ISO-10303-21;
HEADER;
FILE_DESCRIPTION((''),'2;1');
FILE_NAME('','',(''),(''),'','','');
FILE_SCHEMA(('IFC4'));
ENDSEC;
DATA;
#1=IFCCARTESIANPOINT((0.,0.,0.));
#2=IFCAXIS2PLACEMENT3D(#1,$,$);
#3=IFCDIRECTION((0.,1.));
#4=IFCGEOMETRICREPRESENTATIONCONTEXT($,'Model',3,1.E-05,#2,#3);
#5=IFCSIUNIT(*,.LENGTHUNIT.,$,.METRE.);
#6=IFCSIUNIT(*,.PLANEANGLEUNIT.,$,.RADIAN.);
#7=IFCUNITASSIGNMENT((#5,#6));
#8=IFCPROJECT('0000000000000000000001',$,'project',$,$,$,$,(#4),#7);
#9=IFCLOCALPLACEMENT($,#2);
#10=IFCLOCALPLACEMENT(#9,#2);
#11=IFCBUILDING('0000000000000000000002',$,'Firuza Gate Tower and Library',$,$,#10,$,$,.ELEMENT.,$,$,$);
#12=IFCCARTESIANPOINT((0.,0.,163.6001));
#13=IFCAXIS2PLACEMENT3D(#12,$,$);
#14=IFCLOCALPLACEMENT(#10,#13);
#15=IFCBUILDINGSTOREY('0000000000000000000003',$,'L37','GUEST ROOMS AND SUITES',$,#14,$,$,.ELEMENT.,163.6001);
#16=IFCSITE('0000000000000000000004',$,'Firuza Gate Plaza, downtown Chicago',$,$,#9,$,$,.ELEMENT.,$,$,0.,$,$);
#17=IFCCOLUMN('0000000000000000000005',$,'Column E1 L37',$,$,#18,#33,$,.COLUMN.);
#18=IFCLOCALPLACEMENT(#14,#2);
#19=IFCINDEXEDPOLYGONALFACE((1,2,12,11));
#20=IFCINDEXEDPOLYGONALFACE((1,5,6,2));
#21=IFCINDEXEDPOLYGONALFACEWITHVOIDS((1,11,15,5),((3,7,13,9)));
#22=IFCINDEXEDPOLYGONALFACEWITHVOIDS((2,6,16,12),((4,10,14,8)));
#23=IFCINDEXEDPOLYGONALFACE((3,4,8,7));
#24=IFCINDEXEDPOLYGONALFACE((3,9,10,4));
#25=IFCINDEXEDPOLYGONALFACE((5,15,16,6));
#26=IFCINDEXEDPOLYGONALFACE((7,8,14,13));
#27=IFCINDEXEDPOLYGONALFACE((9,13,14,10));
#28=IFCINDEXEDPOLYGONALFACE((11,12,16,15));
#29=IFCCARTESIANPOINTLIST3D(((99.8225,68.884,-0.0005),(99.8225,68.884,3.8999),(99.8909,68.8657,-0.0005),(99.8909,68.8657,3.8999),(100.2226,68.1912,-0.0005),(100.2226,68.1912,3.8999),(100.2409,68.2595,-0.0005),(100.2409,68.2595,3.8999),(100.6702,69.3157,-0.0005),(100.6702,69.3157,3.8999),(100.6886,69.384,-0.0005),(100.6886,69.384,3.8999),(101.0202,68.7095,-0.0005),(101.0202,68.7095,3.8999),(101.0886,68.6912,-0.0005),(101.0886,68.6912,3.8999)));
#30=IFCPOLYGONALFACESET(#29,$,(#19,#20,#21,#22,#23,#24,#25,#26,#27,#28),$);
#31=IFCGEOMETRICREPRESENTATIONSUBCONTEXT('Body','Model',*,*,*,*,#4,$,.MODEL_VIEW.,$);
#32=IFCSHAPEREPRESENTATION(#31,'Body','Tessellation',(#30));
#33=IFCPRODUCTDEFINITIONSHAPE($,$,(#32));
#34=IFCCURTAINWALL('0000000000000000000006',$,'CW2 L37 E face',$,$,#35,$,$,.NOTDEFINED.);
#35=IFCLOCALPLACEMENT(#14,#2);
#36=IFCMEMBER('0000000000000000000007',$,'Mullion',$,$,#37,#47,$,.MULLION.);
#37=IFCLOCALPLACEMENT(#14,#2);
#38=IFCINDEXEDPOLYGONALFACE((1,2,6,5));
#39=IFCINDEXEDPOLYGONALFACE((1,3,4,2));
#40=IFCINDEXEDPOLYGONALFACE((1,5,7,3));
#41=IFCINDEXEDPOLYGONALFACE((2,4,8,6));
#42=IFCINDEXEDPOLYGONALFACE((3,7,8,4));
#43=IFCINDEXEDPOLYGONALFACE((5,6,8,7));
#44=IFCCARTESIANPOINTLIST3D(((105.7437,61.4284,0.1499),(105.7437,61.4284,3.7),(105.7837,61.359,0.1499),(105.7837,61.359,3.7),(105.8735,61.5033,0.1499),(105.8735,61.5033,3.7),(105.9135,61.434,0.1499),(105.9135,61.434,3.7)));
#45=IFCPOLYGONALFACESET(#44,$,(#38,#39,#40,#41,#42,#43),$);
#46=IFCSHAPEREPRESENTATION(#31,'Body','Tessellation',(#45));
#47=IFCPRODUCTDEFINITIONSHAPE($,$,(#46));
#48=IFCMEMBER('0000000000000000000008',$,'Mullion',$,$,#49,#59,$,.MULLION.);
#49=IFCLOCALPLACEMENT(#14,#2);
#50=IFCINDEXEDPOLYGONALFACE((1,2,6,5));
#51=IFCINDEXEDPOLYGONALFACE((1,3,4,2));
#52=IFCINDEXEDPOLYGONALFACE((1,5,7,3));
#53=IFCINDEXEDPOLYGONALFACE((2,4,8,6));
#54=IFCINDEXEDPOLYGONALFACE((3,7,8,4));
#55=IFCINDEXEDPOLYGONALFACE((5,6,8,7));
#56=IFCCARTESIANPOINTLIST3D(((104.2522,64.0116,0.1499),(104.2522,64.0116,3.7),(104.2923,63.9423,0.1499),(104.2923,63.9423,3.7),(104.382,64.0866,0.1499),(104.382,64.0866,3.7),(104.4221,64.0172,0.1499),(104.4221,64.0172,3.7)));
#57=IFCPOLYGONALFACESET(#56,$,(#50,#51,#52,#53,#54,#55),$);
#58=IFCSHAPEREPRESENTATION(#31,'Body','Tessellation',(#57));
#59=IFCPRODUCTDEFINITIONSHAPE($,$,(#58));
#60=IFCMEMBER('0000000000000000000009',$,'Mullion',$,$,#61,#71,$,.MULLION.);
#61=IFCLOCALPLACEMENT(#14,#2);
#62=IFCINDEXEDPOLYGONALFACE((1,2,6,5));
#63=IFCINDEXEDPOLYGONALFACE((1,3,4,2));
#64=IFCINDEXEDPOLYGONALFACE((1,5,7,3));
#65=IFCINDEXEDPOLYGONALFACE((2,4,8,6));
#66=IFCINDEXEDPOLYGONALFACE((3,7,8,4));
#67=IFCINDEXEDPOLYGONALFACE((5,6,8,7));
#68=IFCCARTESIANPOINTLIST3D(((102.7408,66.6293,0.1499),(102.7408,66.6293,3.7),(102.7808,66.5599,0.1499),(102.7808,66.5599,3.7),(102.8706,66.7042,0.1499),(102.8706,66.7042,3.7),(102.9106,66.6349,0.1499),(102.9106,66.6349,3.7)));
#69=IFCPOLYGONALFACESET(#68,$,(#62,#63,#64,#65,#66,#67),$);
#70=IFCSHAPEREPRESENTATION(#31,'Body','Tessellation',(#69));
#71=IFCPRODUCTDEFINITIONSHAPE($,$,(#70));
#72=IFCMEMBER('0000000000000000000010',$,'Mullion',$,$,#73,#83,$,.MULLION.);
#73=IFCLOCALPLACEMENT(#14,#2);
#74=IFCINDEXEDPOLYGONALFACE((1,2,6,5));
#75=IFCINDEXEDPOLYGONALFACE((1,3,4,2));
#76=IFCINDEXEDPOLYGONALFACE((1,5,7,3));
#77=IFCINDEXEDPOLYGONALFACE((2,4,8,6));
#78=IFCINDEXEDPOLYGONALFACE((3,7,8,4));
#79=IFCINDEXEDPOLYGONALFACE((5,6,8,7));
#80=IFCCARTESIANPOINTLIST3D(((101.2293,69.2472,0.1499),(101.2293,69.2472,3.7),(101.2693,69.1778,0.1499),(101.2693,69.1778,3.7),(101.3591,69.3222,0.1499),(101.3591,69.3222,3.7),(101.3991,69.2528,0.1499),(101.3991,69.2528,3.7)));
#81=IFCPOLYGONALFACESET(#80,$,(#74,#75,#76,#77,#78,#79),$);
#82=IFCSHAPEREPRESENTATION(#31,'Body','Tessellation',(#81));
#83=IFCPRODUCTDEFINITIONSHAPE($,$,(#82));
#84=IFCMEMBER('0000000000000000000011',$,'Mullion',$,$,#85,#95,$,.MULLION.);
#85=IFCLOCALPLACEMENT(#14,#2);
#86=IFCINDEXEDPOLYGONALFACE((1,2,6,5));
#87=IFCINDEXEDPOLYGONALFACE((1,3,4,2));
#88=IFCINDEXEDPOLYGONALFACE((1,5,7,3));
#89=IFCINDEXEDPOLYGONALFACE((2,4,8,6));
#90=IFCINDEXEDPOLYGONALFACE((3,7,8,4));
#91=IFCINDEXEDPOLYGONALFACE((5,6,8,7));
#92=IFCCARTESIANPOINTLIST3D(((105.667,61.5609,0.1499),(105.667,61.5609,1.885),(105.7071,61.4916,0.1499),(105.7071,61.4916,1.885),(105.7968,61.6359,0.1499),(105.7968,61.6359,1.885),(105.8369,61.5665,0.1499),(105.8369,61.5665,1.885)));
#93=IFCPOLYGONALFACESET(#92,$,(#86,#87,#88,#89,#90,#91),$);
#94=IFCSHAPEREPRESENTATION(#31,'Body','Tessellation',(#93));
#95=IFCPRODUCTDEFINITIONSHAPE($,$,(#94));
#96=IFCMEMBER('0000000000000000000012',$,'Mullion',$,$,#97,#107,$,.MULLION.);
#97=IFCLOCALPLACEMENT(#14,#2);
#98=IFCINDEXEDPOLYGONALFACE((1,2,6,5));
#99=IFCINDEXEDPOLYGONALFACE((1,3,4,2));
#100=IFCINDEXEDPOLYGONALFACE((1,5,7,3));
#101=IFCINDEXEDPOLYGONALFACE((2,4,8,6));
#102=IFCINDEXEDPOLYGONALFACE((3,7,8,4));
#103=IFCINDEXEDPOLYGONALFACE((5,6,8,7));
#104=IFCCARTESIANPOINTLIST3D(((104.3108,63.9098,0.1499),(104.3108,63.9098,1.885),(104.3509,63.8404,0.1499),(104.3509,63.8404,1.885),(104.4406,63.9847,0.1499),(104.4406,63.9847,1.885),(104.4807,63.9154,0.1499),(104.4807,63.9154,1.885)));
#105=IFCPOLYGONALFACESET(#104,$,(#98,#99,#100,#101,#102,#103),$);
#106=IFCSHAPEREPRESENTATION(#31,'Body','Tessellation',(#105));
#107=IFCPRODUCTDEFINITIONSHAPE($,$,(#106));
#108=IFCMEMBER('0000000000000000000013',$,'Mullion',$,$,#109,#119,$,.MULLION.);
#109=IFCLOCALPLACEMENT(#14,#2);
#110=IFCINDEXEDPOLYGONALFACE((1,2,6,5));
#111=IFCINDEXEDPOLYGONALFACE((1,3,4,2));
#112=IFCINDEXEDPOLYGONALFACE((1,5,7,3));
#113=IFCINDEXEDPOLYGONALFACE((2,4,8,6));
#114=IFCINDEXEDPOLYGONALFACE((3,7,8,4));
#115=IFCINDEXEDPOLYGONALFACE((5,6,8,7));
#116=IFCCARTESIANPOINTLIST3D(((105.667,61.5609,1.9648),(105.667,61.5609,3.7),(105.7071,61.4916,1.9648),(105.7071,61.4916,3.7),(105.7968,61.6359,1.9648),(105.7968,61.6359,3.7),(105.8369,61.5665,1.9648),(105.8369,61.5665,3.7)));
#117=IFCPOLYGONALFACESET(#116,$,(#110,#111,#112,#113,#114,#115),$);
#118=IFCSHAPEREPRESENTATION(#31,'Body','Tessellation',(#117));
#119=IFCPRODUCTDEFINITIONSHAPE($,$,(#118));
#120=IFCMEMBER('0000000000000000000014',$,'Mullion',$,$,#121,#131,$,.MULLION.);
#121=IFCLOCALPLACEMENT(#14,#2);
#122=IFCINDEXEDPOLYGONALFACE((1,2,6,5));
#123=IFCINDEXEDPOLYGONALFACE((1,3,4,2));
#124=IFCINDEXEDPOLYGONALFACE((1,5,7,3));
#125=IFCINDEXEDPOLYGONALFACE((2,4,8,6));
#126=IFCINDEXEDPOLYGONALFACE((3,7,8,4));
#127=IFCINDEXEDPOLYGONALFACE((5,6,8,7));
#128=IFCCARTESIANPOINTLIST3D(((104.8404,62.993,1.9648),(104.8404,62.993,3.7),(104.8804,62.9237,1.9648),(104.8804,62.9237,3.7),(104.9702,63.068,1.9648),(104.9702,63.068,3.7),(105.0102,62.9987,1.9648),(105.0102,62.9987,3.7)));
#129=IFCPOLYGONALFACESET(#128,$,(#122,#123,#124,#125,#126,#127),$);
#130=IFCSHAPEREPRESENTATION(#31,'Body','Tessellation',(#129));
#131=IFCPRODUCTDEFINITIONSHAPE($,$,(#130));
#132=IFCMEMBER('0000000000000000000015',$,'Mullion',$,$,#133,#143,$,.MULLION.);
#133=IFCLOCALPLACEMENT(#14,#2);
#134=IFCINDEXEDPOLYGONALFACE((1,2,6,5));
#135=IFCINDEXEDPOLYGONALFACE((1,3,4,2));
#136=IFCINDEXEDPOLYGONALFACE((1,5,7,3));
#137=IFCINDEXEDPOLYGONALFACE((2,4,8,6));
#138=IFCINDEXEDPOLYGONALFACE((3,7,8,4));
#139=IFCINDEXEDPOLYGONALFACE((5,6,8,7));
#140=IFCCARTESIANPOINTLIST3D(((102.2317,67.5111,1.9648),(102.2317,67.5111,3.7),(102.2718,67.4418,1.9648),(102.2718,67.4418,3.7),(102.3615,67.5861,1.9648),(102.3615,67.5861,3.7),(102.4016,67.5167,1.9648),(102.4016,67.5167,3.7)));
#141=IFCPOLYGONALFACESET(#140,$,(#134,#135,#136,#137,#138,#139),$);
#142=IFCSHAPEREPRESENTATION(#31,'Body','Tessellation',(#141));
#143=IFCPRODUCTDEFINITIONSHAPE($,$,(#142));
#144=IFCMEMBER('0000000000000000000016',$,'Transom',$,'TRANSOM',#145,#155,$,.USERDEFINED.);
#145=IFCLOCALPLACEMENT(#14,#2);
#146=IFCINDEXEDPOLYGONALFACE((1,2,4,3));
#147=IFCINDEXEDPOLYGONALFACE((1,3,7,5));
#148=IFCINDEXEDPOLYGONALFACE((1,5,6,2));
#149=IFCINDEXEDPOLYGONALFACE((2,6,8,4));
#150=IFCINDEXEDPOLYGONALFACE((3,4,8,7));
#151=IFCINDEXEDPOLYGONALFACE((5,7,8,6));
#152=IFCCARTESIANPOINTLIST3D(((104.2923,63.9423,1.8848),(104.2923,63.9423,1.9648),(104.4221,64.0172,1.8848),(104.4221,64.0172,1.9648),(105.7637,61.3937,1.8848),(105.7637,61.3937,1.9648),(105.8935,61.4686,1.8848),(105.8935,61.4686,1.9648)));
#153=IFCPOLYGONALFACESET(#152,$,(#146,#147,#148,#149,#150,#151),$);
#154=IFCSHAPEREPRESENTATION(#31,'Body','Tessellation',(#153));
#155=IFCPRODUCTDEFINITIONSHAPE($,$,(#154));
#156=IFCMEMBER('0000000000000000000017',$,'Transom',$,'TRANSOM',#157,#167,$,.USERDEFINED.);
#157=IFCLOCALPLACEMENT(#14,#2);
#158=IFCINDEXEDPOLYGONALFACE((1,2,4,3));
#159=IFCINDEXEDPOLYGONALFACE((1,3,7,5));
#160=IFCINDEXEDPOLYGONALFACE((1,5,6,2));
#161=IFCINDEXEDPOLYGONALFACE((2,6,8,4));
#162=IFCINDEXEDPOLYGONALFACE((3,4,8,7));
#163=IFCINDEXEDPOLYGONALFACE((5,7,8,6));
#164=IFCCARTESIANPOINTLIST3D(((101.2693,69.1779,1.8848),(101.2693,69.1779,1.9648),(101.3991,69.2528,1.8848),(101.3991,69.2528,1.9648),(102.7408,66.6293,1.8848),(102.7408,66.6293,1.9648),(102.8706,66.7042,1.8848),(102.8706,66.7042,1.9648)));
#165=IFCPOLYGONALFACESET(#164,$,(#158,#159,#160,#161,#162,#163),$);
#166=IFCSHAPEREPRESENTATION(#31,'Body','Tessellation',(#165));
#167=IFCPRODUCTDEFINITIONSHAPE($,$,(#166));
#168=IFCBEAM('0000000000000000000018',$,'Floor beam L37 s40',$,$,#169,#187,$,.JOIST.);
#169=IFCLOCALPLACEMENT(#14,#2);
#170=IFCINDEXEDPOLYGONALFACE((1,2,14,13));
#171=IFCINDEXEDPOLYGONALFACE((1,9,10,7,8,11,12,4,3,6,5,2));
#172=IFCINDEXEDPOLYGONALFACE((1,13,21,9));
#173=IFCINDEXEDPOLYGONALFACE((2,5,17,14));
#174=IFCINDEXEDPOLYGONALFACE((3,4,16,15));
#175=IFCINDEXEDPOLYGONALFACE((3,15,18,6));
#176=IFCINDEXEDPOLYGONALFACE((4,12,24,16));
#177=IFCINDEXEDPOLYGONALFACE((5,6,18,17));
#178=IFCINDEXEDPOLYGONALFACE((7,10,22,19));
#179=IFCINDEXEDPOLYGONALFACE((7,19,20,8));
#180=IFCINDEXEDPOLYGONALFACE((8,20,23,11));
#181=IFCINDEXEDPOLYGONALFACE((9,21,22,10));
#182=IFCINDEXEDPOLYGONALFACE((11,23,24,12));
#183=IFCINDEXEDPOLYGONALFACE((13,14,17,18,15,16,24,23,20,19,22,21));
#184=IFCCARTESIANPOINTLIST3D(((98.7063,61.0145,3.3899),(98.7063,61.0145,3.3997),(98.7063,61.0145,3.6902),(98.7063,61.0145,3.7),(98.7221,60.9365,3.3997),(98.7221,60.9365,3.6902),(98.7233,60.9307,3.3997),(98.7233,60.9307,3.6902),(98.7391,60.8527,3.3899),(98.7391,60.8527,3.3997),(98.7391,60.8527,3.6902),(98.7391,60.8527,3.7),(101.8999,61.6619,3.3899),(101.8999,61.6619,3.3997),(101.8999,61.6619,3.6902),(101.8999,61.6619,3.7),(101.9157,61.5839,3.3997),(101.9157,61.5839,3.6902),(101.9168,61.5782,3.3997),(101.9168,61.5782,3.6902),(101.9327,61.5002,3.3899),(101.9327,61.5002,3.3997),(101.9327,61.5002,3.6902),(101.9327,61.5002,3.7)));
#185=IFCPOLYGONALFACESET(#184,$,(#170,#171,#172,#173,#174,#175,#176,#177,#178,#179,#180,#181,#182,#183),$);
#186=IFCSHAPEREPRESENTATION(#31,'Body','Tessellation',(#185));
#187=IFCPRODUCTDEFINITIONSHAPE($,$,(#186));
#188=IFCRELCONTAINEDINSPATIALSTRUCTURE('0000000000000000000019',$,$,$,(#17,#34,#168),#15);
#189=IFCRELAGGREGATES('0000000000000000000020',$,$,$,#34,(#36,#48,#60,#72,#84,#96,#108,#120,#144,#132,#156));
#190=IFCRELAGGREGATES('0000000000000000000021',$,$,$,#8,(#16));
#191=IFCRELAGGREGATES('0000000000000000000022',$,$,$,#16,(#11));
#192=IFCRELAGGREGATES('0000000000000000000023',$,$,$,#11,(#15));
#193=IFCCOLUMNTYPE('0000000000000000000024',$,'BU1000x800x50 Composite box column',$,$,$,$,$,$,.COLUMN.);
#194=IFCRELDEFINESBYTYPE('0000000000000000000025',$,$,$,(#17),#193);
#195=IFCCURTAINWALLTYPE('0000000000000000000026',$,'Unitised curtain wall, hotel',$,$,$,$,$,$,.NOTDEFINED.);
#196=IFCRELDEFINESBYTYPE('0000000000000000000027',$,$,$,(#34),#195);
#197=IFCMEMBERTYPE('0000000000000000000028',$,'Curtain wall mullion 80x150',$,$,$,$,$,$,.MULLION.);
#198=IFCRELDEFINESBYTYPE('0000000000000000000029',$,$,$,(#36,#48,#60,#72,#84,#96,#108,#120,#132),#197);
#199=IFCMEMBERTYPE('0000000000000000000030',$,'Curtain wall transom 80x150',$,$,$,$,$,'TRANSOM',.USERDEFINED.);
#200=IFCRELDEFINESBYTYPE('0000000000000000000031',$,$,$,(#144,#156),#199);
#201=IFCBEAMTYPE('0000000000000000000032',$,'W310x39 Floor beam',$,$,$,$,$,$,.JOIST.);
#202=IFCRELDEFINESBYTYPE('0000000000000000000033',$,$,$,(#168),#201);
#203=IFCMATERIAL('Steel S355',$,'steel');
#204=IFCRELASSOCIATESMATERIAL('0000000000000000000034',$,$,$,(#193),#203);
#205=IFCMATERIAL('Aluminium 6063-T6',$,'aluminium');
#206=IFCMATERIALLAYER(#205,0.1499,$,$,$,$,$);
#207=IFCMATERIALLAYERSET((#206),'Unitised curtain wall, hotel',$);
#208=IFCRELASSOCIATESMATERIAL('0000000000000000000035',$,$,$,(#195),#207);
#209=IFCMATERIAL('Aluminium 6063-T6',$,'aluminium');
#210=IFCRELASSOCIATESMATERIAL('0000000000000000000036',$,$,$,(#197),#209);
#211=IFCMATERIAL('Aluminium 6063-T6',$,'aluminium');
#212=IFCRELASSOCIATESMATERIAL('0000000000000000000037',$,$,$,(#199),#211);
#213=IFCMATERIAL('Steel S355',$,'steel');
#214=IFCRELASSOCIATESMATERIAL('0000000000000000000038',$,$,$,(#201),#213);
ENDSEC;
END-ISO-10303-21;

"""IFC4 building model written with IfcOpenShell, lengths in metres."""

from ifc_helpers import new_model, si_unit, direction, frame, origin, origin_2d, place, context, subcontext, project, spatial, rectangle, hollow_rectangle, i_section, extrude, material, layer, layer_set, material_profile, profile_set, type_object, element, aggregate, save


model = new_model("IFC4")

# Units and contexts
model_context = context("Model", 3, precision=1e-05, world=origin(), true_north=direction((0.0, 1.0)))
body_context = subcontext(model_context, "Body", "Model", "MODEL_VIEW")
ifc_project = project(units=[si_unit("LENGTHUNIT", "METRE"), si_unit("PLANEANGLEUNIT", "RADIAN")], contexts=[model_context])

# Site, building, storey
site_placement = place(None, origin())
site = spatial("IfcSite", under=ifc_project, at=site_placement, Name="Firuza Gate Plaza, downtown Chicago", CompositionType="ELEMENT", RefElevation=0.0)
building_placement = place(site_placement, origin())
building = spatial("IfcBuilding", under=site, at=building_placement, Name="Firuza Gate Tower and Library", CompositionType="ELEMENT")
storey_placement = place(building_placement, frame((0.0, 0.0, 163.6001)))
storey = spatial("IfcBuildingStorey", under=building, at=storey_placement, Name="L37", Description="GUEST ROOMS AND SUITES", CompositionType="ELEMENT", Elevation=163.6001)

# Column
ifc_material_1 = material(Name="Steel S355", Category="steel")
ifc_material_profile_1 = material_profile(ifc_material_1, hollow_rectangle(XDim=0.8, YDim=1.0, WallThickness=0.05, at=origin_2d()))
ifc_profile_set_1 = profile_set([ifc_material_profile_1], Name="Steel S355")
column_type = type_object("IfcColumnType", Name="BU1000x800x50 Composite box column", PredefinedType="COLUMN", material=ifc_profile_set_1)
column_placement = place(storey_placement, frame((100.4556, 68.7876, -0.0005), z_axis=(0.0, 0.0, 1.0), x_axis=(-0.5, 0.866025, 0.0)))
element("IfcColumn", 1, at=column_placement, inside=storey, type_object=column_type, Name="Column E1 L37", PredefinedType="COLUMN", context=body_context, shape_type="SweptSolid", body=[
    extrude(hollow_rectangle(XDim=0.8, YDim=1.0, WallThickness=0.05, at=origin_2d()), origin(), (0.0, 0.0, 1.0), 3.9004),
])

# Curtain wall, members
ifc_material_2 = material(Name="Aluminium 6063-T6", Category="aluminium")
ifc_layer_1 = layer(ifc_material_2, 0.1499)
ifc_layer_set_1 = layer_set([ifc_layer_1], Name="Unitised curtain wall, hotel")
curtain_wall_type = type_object("IfcCurtainWallType", Name="Unitised curtain wall, hotel", PredefinedType="NOTDEFINED", material=ifc_layer_set_1)
curtain_wall_placement = place(storey_placement, origin())
curtain_wall = element("IfcCurtainWall", 2, at=curtain_wall_placement, inside=storey, type_object=curtain_wall_type, Name="CW2 L37 E face", PredefinedType="NOTDEFINED")
ifc_material_3 = material(Name="Aluminium 6063-T6", Category="aluminium")
ifc_material_profile_2 = material_profile(ifc_material_3, rectangle(XDim=0.1499, YDim=0.0801, at=origin_2d()))
ifc_profile_set_2 = profile_set([ifc_material_profile_2], Name="Aluminium 6063-T6")
member_type_1 = type_object("IfcMemberType", Name="Curtain wall mullion 80x150", PredefinedType="MULLION", material=ifc_profile_set_2)
member_1_placement = place(storey_placement, frame((105.8286, 61.4312, 0.1499), z_axis=(0.0, 0.0, 1.0), x_axis=(-0.866025, -0.5, 0.0)))
member_1 = element("IfcMember", 3, at=member_1_placement, type_object=member_type_1, Name="Mullion", PredefinedType="MULLION", context=body_context, shape_type="SweptSolid", body=[
    extrude(rectangle(XDim=0.1499, YDim=0.0801, at=origin_2d()), origin(), (0.0, 0.0, 1.0), 3.55),
])
member_2_placement = place(storey_placement, frame((104.3372, 64.0144, 0.1499), z_axis=(0.0, 0.0, 1.0), x_axis=(-0.866025, -0.5, 0.0)))
member_2 = element("IfcMember", 4, at=member_2_placement, type_object=member_type_1, Name="Mullion", PredefinedType="MULLION", context=body_context, shape_type="SweptSolid", body=[
    extrude(rectangle(XDim=0.1499, YDim=0.0801, at=origin_2d()), origin(), (0.0, 0.0, 1.0), 3.55),
])
member_3_placement = place(storey_placement, frame((102.8257, 66.6321, 0.1499), z_axis=(0.0, 0.0, 1.0), x_axis=(-0.866025, -0.5, 0.0)))
member_3 = element("IfcMember", 5, at=member_3_placement, type_object=member_type_1, Name="Mullion", PredefinedType="MULLION", context=body_context, shape_type="SweptSolid", body=[
    extrude(rectangle(XDim=0.1499, YDim=0.0801, at=origin_2d()), origin(), (0.0, 0.0, 1.0), 3.55),
])
member_4_placement = place(storey_placement, frame((101.3142, 69.25, 0.1499), z_axis=(0.0, 0.0, 1.0), x_axis=(-0.866025, -0.5, 0.0)))
member_4 = element("IfcMember", 6, at=member_4_placement, type_object=member_type_1, Name="Mullion", PredefinedType="MULLION", context=body_context, shape_type="SweptSolid", body=[
    extrude(rectangle(XDim=0.1499, YDim=0.0801, at=origin_2d()), origin(), (0.0, 0.0, 1.0), 3.55),
])
member_5_placement = place(storey_placement, frame((105.752, 61.5637, 0.1499), z_axis=(0.0, 0.0, 1.0), x_axis=(-0.866025, -0.5, 0.0)))
member_5 = element("IfcMember", 7, at=member_5_placement, type_object=member_type_1, Name="Mullion", PredefinedType="MULLION", context=body_context, shape_type="SweptSolid", body=[
    extrude(rectangle(XDim=0.1499, YDim=0.0801, at=origin_2d()), origin(), (0.0, 0.0, 1.0), 1.7351),
])
member_6_placement = place(storey_placement, frame((104.3958, 63.9126, 0.1499), z_axis=(0.0, 0.0, 1.0), x_axis=(-0.866025, -0.5, 0.0)))
member_6 = element("IfcMember", 8, at=member_6_placement, type_object=member_type_1, Name="Mullion", PredefinedType="MULLION", context=body_context, shape_type="SweptSolid", body=[
    extrude(rectangle(XDim=0.1499, YDim=0.0801, at=origin_2d()), origin(), (0.0, 0.0, 1.0), 1.7351),
])
member_7_placement = place(storey_placement, frame((105.752, 61.5637, 1.9648), z_axis=(0.0, 0.0, 1.0), x_axis=(-0.866025, -0.5, 0.0)))
member_7 = element("IfcMember", 9, at=member_7_placement, type_object=member_type_1, Name="Mullion", PredefinedType="MULLION", context=body_context, shape_type="SweptSolid", body=[
    extrude(rectangle(XDim=0.1499, YDim=0.0801, at=origin_2d()), origin(), (0.0, 0.0, 1.0), 1.7351),
])
member_8_placement = place(storey_placement, frame((104.9253, 62.9958, 1.9648), z_axis=(0.0, 0.0, 1.0), x_axis=(-0.866025, -0.5, 0.0)))
member_8 = element("IfcMember", 10, at=member_8_placement, type_object=member_type_1, Name="Mullion", PredefinedType="MULLION", context=body_context, shape_type="SweptSolid", body=[
    extrude(rectangle(XDim=0.1499, YDim=0.0801, at=origin_2d()), origin(), (0.0, 0.0, 1.0), 1.7351),
])
member_9_placement = place(storey_placement, frame((102.3167, 67.5139, 1.9648), z_axis=(0.0, 0.0, 1.0), x_axis=(-0.866025, -0.5, 0.0)))
member_9 = element("IfcMember", 11, at=member_9_placement, type_object=member_type_1, Name="Mullion", PredefinedType="MULLION", context=body_context, shape_type="SweptSolid", body=[
    extrude(rectangle(XDim=0.1499, YDim=0.0801, at=origin_2d()), origin(), (0.0, 0.0, 1.0), 1.7351),
])
ifc_material_4 = material(Name="Aluminium 6063-T6", Category="aluminium")
ifc_material_profile_3 = material_profile(ifc_material_4, rectangle(XDim=0.1499, YDim=0.0801, at=origin_2d()))
ifc_profile_set_3 = profile_set([ifc_material_profile_3], Name="Aluminium 6063-T6")
member_type_2 = type_object("IfcMemberType", Name="Curtain wall transom 80x150", ElementType="TRANSOM", PredefinedType="USERDEFINED", material=ifc_profile_set_3)
member_10_placement = place(storey_placement, frame((105.8286, 61.4312, 1.9248), z_axis=(-0.500003, 0.866024, 0.0), x_axis=(-0.866024, -0.500003, 0.0)))
member_10 = element("IfcMember", 12, at=member_10_placement, type_object=member_type_2, Name="Transom", ObjectType="TRANSOM", PredefinedType="USERDEFINED", context=body_context, shape_type="SweptSolid", body=[
    extrude(rectangle(XDim=0.1499, YDim=0.0801, at=origin_2d()), origin(), (0.0, 0.0, 1.0), 2.9429),
])
member_11_placement = place(storey_placement, frame((102.8057, 66.6667, 1.9248), z_axis=(-0.500003, 0.866024, 0.0), x_axis=(-0.866024, -0.500003, 0.0)))
member_11 = element("IfcMember", 13, at=member_11_placement, type_object=member_type_2, Name="Transom", ObjectType="TRANSOM", PredefinedType="USERDEFINED", context=body_context, shape_type="SweptSolid", body=[
    extrude(rectangle(XDim=0.1499, YDim=0.0801, at=origin_2d()), origin(), (0.0, 0.0, 1.0), 2.9429),
])

# Beam
ifc_material_5 = material(Name="Steel S355", Category="steel")
ifc_material_profile_4 = material_profile(ifc_material_5, i_section(OverallWidth=0.165, OverallDepth=0.3101, WebThickness=0.0059, FlangeThickness=0.0098, at=origin_2d()))
ifc_profile_set_4 = profile_set([ifc_material_profile_4], Name="Steel S355")
beam_type_1 = type_object("IfcBeamType", Name="W310x39 Floor beam", PredefinedType="JOIST", material=ifc_profile_set_4)
beam_1_placement = place(storey_placement, frame((101.9163, 61.5811, 3.5449), z_axis=(-0.980061, -0.198695, 0.0), x_axis=(0.198695, -0.980061, 0.0)))
element("IfcBeam", 14, at=beam_1_placement, inside=storey, type_object=beam_type_1, Name="Floor beam L37 s40", PredefinedType="JOIST", context=body_context, shape_type="SweptSolid", body=[
    extrude(i_section(OverallWidth=0.165, OverallDepth=0.3101, WebThickness=0.0059, FlangeThickness=0.0098, at=origin_2d()), origin(), (0.0, 0.0, 1.0), 3.2585),
])

aggregate(curtain_wall, [member_1, member_2, member_3, member_4, member_5, member_6, member_7, member_8, member_10, member_9, member_11])

save(model, "model.ifc")
